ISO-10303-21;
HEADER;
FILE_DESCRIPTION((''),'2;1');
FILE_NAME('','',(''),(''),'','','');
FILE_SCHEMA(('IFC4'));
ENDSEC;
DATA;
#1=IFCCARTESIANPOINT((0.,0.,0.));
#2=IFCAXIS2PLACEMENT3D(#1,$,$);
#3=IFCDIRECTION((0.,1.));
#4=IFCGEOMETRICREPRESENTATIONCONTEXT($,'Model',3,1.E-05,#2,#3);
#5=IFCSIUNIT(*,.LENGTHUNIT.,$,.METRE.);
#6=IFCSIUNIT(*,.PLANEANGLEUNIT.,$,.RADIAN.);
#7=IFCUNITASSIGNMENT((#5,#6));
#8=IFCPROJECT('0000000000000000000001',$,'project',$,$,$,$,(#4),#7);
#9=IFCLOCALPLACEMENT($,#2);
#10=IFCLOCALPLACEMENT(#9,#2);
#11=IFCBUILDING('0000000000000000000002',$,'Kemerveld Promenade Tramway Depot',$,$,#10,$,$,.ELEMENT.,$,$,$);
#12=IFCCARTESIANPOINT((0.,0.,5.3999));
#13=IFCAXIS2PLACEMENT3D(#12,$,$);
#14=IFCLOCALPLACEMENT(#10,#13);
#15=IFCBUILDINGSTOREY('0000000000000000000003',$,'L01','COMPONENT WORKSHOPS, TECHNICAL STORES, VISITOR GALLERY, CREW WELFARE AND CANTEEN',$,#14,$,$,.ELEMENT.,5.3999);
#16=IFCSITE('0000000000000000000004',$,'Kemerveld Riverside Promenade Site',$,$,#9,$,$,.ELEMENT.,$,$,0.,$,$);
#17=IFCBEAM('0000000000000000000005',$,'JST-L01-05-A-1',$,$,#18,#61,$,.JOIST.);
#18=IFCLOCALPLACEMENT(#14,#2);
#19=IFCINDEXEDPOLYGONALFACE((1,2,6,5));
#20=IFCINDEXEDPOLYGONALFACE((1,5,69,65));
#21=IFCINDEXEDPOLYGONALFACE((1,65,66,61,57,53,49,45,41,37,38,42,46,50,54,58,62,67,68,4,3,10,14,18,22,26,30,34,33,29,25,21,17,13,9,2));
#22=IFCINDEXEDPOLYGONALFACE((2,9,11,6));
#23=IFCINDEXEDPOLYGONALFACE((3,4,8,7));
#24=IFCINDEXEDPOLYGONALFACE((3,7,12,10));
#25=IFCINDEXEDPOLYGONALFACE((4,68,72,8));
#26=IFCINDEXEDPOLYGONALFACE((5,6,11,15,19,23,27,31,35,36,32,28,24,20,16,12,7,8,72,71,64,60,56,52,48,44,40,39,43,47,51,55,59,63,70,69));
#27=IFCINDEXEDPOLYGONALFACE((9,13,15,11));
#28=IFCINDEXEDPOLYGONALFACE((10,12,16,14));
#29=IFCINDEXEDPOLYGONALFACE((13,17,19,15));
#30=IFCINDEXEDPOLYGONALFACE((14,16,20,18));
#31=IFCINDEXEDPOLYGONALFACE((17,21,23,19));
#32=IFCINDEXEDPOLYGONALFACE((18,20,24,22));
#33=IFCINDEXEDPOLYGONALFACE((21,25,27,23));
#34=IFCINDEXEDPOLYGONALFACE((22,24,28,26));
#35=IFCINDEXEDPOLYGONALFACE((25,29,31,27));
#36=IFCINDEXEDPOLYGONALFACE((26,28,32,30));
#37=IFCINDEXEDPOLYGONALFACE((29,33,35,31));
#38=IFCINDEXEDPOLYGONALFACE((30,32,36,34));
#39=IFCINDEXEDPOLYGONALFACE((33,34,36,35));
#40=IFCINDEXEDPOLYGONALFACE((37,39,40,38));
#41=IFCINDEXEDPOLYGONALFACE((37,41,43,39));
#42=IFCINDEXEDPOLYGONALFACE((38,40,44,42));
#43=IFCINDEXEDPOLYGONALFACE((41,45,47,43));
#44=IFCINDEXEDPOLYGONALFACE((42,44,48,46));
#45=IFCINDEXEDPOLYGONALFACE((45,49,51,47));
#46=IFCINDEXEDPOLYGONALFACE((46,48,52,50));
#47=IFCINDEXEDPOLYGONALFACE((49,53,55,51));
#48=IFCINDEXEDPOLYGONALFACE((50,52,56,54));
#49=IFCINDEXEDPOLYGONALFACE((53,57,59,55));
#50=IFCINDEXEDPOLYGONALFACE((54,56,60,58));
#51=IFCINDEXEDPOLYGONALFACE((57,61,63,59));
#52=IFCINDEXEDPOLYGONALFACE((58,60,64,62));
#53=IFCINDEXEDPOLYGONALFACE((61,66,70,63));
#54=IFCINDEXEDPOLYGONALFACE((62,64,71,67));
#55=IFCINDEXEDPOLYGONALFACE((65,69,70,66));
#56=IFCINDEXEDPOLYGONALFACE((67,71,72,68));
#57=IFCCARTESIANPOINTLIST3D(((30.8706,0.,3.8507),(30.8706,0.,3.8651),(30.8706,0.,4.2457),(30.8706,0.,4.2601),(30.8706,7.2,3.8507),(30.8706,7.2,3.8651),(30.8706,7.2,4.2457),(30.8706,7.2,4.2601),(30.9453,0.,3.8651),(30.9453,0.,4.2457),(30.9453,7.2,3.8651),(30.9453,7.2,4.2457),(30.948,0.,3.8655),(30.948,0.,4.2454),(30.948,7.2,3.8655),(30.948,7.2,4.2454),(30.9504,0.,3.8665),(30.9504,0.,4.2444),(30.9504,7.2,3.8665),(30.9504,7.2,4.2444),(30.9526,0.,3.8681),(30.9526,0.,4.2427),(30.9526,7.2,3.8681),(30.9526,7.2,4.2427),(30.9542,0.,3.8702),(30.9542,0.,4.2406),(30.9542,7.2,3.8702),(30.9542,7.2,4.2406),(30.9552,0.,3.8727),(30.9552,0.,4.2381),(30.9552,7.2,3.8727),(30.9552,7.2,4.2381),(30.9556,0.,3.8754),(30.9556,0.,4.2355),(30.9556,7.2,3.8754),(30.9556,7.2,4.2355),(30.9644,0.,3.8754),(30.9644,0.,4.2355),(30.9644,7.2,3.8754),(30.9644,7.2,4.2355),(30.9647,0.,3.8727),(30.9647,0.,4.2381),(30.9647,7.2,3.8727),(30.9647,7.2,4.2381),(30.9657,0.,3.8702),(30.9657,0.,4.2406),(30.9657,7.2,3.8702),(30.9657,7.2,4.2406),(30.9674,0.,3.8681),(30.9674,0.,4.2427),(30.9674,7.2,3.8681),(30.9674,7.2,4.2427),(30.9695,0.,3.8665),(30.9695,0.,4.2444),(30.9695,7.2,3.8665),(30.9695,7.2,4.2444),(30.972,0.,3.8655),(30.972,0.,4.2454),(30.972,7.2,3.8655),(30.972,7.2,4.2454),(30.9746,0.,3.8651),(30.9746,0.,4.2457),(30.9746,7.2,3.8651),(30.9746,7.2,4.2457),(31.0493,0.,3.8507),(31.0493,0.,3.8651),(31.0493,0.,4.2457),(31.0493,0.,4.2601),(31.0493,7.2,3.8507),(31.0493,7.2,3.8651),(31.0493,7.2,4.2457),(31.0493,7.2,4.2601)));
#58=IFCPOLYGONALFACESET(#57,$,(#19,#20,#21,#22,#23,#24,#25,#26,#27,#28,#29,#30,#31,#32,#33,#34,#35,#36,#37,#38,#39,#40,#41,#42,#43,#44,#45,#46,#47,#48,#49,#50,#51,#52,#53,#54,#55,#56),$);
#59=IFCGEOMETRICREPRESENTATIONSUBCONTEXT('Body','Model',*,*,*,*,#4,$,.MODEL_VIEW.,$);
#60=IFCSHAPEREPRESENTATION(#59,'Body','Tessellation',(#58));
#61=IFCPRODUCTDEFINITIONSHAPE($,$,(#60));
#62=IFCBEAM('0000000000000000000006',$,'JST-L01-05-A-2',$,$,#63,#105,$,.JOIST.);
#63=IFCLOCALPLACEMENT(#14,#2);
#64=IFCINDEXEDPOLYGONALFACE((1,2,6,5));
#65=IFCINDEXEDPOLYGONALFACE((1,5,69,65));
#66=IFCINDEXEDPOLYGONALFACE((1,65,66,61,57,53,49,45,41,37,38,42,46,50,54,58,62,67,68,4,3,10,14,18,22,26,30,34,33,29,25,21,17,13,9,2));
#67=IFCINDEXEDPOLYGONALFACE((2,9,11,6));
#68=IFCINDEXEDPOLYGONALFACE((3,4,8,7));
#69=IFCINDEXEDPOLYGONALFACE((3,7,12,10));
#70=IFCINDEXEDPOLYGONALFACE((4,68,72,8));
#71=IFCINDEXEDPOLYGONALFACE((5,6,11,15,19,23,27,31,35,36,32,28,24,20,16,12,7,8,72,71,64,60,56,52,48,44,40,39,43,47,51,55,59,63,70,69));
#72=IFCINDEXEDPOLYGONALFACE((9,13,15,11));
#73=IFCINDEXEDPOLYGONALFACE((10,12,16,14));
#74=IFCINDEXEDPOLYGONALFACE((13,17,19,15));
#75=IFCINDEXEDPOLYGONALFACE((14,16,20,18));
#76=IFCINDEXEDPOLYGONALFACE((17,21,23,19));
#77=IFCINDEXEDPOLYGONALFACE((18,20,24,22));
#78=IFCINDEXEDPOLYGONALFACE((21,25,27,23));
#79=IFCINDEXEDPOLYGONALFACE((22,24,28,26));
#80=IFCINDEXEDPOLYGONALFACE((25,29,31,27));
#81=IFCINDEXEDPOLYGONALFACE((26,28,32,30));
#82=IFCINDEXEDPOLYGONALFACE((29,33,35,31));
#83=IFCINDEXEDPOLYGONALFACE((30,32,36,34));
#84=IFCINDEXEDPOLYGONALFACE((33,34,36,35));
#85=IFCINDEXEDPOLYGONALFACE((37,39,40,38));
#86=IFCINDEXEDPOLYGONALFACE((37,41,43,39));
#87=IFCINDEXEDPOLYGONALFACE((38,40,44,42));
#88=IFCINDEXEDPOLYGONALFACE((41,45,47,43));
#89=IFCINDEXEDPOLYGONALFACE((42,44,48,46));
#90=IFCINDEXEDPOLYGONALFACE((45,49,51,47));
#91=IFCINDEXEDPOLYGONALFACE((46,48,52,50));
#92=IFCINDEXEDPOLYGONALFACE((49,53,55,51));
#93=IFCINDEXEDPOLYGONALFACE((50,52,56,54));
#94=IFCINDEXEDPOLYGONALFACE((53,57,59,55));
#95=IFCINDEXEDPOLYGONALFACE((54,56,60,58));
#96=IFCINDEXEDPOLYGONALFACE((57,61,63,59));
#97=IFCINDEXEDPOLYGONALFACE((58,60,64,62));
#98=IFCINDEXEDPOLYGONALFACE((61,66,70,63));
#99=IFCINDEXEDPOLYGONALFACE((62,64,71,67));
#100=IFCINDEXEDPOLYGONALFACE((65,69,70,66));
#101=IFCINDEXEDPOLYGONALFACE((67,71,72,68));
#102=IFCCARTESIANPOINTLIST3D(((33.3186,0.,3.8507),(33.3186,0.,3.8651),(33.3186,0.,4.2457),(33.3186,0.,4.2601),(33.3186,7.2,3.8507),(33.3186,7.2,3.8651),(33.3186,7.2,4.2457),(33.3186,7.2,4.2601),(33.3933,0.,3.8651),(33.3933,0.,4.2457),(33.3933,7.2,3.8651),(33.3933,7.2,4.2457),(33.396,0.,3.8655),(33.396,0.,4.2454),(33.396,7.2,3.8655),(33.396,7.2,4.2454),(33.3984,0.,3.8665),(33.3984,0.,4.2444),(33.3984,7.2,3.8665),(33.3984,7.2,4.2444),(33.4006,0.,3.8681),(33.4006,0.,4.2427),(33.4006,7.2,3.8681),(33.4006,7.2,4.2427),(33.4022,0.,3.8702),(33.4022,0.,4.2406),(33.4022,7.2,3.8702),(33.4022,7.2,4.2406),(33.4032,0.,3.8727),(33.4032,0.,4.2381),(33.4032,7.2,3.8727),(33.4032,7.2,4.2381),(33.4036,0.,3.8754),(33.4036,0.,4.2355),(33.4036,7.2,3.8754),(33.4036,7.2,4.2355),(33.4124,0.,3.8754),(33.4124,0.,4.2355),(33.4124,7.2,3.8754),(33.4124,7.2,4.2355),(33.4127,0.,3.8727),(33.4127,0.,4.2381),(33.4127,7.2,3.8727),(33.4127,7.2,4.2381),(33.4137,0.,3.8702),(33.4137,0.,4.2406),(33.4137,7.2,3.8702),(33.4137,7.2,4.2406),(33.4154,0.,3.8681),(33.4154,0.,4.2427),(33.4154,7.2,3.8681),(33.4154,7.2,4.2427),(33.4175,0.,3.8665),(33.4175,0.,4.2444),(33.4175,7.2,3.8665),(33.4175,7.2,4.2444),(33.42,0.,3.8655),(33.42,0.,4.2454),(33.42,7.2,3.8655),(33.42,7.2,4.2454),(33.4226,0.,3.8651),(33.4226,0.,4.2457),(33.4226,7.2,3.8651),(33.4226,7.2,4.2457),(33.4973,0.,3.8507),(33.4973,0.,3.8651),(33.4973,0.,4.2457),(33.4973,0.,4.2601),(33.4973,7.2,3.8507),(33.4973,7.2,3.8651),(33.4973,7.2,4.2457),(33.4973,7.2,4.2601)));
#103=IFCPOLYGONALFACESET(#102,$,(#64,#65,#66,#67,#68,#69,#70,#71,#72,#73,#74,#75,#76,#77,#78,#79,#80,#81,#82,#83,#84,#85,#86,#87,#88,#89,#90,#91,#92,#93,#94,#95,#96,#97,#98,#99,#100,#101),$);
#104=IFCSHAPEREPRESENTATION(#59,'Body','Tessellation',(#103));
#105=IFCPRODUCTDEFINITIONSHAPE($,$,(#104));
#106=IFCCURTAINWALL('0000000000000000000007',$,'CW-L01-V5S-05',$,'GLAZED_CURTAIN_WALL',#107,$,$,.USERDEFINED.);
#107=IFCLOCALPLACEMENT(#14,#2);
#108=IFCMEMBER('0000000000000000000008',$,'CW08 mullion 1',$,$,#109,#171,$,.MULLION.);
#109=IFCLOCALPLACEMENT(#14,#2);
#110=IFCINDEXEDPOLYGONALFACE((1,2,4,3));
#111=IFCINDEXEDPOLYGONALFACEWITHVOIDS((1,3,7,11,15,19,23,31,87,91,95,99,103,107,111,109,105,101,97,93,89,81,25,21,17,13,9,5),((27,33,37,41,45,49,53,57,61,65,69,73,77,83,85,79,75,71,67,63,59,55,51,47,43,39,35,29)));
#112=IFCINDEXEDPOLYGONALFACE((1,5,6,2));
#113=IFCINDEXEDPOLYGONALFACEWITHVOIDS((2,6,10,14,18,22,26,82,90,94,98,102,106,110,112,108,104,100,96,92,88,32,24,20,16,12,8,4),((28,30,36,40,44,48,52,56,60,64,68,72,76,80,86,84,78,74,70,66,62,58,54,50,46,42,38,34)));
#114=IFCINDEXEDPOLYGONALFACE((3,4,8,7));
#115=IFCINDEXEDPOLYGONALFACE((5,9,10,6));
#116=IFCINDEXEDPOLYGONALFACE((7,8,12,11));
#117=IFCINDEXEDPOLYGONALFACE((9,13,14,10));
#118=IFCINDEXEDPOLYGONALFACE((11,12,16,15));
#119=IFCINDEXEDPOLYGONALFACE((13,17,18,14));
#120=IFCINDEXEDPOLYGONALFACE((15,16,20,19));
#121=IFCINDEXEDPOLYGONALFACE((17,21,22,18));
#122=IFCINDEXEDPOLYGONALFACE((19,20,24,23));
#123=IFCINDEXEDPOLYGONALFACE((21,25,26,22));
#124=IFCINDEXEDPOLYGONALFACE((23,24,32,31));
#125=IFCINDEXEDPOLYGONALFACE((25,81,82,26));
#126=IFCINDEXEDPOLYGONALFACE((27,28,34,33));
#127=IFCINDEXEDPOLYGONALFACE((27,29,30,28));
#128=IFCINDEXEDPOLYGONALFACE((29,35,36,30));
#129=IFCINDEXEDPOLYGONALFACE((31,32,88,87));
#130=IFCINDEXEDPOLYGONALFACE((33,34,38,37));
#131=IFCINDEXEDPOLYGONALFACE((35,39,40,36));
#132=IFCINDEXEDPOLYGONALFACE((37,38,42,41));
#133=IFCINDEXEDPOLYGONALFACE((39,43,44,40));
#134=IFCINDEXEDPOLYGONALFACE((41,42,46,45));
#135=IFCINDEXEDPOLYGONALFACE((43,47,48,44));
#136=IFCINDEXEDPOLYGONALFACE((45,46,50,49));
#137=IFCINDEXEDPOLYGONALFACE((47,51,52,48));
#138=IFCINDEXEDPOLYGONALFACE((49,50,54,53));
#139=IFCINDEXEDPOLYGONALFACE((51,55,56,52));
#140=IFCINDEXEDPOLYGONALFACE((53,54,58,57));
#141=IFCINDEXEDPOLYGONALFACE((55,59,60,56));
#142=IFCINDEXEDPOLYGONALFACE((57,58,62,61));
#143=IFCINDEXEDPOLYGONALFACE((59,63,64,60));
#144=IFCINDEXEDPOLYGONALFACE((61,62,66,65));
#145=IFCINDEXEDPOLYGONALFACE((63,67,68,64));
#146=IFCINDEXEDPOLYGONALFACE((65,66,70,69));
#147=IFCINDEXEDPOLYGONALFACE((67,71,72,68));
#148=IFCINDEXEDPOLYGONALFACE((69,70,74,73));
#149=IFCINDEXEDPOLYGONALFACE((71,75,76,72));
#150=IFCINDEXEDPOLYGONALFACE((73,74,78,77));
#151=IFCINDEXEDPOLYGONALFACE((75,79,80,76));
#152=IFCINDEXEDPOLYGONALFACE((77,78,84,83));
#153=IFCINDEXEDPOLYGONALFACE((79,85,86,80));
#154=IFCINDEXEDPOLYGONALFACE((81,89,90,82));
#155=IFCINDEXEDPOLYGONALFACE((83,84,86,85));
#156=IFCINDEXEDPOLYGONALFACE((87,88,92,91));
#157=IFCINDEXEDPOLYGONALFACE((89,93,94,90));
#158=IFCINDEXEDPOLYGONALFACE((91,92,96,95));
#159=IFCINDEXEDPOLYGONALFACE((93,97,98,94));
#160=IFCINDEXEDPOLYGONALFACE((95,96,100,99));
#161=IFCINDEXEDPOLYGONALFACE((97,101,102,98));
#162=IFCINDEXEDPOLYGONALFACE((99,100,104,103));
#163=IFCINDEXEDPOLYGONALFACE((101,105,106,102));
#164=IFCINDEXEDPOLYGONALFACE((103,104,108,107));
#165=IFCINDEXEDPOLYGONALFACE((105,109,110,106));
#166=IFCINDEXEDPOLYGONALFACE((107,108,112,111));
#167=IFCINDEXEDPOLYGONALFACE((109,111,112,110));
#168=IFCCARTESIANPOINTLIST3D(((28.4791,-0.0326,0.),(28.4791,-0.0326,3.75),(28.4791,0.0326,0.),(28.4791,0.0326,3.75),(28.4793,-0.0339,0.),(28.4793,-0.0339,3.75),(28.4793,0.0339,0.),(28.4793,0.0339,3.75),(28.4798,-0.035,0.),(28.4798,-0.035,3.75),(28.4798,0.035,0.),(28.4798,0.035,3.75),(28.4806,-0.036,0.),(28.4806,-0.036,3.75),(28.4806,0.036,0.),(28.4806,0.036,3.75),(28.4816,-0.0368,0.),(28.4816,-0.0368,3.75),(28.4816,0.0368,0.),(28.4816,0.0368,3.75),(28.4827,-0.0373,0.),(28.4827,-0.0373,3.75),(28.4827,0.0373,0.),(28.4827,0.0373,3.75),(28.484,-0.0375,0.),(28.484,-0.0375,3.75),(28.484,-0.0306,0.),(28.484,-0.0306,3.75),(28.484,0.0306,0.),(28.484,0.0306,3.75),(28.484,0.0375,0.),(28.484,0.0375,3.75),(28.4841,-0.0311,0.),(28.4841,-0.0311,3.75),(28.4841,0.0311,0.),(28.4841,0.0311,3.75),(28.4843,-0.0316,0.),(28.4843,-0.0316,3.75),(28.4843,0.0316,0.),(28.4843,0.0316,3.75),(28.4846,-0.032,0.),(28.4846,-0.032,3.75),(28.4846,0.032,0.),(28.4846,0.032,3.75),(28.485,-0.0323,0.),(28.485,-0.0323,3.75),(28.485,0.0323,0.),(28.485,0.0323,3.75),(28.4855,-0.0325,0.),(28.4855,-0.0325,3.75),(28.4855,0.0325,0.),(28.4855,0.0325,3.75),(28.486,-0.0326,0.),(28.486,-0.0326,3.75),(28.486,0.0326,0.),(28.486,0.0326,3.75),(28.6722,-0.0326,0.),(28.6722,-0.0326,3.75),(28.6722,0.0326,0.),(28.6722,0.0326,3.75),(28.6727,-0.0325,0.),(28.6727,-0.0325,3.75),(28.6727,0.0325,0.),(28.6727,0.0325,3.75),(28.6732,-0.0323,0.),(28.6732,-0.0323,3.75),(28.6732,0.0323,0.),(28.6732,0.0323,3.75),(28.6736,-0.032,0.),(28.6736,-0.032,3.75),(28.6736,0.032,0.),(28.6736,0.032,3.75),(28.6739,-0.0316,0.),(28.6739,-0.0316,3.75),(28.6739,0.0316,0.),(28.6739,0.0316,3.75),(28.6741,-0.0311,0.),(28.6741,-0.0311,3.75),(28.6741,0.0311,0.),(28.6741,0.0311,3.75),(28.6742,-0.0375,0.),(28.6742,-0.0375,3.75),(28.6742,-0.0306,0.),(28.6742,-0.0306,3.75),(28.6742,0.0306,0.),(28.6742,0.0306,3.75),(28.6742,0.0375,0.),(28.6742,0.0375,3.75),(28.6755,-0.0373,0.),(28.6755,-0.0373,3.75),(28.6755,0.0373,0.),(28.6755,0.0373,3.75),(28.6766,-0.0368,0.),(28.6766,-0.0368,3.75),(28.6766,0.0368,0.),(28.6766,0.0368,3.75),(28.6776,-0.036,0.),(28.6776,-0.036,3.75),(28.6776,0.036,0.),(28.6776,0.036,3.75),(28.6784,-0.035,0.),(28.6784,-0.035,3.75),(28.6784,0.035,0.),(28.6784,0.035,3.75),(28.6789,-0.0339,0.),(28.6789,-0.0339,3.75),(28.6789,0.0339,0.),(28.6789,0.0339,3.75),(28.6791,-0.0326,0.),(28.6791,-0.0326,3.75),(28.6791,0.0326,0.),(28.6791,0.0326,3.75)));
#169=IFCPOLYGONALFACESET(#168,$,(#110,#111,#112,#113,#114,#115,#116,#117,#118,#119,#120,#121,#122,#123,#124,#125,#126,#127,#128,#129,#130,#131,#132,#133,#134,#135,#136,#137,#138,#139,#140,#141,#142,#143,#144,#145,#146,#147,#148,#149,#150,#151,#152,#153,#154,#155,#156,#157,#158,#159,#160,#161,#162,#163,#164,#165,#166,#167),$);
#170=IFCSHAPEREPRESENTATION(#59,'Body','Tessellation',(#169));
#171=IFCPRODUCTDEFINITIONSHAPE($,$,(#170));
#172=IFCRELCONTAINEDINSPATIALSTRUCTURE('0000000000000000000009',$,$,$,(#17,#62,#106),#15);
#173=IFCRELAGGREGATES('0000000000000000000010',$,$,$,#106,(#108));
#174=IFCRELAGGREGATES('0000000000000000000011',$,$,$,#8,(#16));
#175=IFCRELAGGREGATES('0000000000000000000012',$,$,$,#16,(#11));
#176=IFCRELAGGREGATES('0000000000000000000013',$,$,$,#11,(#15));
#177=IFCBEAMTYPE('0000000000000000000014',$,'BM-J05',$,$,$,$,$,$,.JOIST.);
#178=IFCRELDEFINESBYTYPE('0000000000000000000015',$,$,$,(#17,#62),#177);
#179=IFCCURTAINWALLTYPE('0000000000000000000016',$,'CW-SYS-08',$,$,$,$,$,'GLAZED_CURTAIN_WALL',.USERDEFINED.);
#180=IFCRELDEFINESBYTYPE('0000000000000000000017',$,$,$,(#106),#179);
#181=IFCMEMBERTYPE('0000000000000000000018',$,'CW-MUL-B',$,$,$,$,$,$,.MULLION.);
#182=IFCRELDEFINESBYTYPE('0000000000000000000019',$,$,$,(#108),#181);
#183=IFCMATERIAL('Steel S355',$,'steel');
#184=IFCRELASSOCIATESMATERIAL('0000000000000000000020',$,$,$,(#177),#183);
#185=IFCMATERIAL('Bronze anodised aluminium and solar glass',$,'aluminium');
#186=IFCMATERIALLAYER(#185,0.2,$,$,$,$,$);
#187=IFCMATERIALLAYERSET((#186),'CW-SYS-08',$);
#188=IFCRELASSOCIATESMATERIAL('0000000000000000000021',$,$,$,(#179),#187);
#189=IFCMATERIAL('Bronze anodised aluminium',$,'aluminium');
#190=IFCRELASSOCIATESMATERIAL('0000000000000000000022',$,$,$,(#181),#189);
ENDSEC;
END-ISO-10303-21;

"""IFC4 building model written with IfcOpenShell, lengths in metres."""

from ifc_helpers import new_model, si_unit, direction, frame, origin, origin_2d, place, context, subcontext, project, spatial, hollow_rectangle, i_section, extrude, material, layer, layer_set, material_profile, profile_set, type_object, element, aggregate, save


model = new_model("IFC4")

# Units and contexts
model_context = context("Model", 3, precision=1e-05, world=origin(), true_north=direction((0.0, 1.0)))
body_context = subcontext(model_context, "Body", "Model", "MODEL_VIEW")
ifc_project = project(units=[si_unit("LENGTHUNIT", "METRE"), si_unit("PLANEANGLEUNIT", "RADIAN")], contexts=[model_context])

# Site, building, storey
site_placement = place(None, origin())
site = spatial("IfcSite", under=ifc_project, at=site_placement, Name="Kemerveld Riverside Promenade Site", CompositionType="ELEMENT", RefElevation=0.0)
building_placement = place(site_placement, origin())
building = spatial("IfcBuilding", under=site, at=building_placement, Name="Kemerveld Promenade Tramway Depot", CompositionType="ELEMENT")
storey_placement = place(building_placement, frame((0.0, 0.0, 5.3999)))
storey = spatial("IfcBuildingStorey", under=building, at=storey_placement, Name="L01", Description="COMPONENT WORKSHOPS, TECHNICAL STORES, VISITOR GALLERY, CREW WELFARE AND CANTEEN", CompositionType="ELEMENT", Elevation=5.3999)

# Shared definitions
ifc_material_1 = material(Name="Steel S355", Category="steel")

# Beams
ifc_material_profile_1 = material_profile(ifc_material_1, i_section(OverallWidth=0.1787, OverallDepth=0.4094, WebThickness=0.0088, FlangeThickness=0.0144, FilletRadius=0.0103, at=origin_2d()), Name="406x178x67 UB")
ifc_profile_set_1 = profile_set([ifc_material_profile_1], Name="Steel S355")
beam_type_1 = type_object("IfcBeamType", Name="BM-J05", PredefinedType="JOIST", material=ifc_profile_set_1)
for number, where, z_axis, x_axis, name in (
    (1, (30.96, 0.0, 4.0554), (0.0, 1.0, 0.0), (-1.0, 0.0, 0.0), "JST-L01-05-A-1"),
    (2, (33.408, 0.0, 4.0554), (0.0, 1.0, 0.0), (-1.0, 0.0, 0.0), "JST-L01-05-A-2"),
):
    element("IfcBeam", number, at=place(storey_placement, frame(where, z_axis=z_axis, x_axis=x_axis)), inside=storey, type_object=beam_type_1, Name=name, PredefinedType="JOIST", context=body_context, shape_type="SweptSolid", body=[
        extrude(i_section(OverallWidth=0.1787, OverallDepth=0.4094, WebThickness=0.0088, FlangeThickness=0.0144, FilletRadius=0.0103, at=origin_2d()), origin(), (0.0, 0.0, 1.0), 7.2),
    ])

# Curtain wall, member
ifc_material_2 = material(Name="Bronze anodised aluminium and solar glass", Category="aluminium")
ifc_layer_1 = layer(ifc_material_2, 0.2)
ifc_layer_set_1 = layer_set([ifc_layer_1], Name="CW-SYS-08")
curtain_wall_type = type_object("IfcCurtainWallType", Name="CW-SYS-08", ElementType="GLAZED_CURTAIN_WALL", PredefinedType="USERDEFINED", material=ifc_layer_set_1)
curtain_wall_placement = place(storey_placement, origin())
curtain_wall = element("IfcCurtainWall", 3, at=curtain_wall_placement, inside=storey, type_object=curtain_wall_type, Name="CW-L01-V5S-05", ObjectType="GLAZED_CURTAIN_WALL", PredefinedType="USERDEFINED")
ifc_material_3 = material(Name="Bronze anodised aluminium", Category="aluminium")
ifc_material_profile_2 = material_profile(ifc_material_3, hollow_rectangle(XDim=0.075, YDim=0.2, WallThickness=0.0049, InnerFilletRadius=0.002, OuterFilletRadius=0.0049, at=origin_2d()), Name="CW-MUL-200x75")
ifc_profile_set_2 = profile_set([ifc_material_profile_2], Name="Bronze anodised aluminium")
member_type_1 = type_object("IfcMemberType", Name="CW-MUL-B", PredefinedType="MULLION", material=ifc_profile_set_2)
member_1_placement = place(storey_placement, frame((28.5791, 0.0, 0.0), z_axis=(0.0, 0.0, 1.0), x_axis=(0.0, -1.0, 0.0)))
member_1 = element("IfcMember", 4, at=member_1_placement, type_object=member_type_1, Name="CW08 mullion 1", PredefinedType="MULLION", context=body_context, shape_type="SweptSolid", body=[
    extrude(hollow_rectangle(XDim=0.075, YDim=0.2, WallThickness=0.0049, InnerFilletRadius=0.002, OuterFilletRadius=0.0049, at=origin_2d()), origin(), (0.0, 0.0, 1.0), 3.75),
])
aggregate(curtain_wall, [member_1])

save(model, "model.ifc")
